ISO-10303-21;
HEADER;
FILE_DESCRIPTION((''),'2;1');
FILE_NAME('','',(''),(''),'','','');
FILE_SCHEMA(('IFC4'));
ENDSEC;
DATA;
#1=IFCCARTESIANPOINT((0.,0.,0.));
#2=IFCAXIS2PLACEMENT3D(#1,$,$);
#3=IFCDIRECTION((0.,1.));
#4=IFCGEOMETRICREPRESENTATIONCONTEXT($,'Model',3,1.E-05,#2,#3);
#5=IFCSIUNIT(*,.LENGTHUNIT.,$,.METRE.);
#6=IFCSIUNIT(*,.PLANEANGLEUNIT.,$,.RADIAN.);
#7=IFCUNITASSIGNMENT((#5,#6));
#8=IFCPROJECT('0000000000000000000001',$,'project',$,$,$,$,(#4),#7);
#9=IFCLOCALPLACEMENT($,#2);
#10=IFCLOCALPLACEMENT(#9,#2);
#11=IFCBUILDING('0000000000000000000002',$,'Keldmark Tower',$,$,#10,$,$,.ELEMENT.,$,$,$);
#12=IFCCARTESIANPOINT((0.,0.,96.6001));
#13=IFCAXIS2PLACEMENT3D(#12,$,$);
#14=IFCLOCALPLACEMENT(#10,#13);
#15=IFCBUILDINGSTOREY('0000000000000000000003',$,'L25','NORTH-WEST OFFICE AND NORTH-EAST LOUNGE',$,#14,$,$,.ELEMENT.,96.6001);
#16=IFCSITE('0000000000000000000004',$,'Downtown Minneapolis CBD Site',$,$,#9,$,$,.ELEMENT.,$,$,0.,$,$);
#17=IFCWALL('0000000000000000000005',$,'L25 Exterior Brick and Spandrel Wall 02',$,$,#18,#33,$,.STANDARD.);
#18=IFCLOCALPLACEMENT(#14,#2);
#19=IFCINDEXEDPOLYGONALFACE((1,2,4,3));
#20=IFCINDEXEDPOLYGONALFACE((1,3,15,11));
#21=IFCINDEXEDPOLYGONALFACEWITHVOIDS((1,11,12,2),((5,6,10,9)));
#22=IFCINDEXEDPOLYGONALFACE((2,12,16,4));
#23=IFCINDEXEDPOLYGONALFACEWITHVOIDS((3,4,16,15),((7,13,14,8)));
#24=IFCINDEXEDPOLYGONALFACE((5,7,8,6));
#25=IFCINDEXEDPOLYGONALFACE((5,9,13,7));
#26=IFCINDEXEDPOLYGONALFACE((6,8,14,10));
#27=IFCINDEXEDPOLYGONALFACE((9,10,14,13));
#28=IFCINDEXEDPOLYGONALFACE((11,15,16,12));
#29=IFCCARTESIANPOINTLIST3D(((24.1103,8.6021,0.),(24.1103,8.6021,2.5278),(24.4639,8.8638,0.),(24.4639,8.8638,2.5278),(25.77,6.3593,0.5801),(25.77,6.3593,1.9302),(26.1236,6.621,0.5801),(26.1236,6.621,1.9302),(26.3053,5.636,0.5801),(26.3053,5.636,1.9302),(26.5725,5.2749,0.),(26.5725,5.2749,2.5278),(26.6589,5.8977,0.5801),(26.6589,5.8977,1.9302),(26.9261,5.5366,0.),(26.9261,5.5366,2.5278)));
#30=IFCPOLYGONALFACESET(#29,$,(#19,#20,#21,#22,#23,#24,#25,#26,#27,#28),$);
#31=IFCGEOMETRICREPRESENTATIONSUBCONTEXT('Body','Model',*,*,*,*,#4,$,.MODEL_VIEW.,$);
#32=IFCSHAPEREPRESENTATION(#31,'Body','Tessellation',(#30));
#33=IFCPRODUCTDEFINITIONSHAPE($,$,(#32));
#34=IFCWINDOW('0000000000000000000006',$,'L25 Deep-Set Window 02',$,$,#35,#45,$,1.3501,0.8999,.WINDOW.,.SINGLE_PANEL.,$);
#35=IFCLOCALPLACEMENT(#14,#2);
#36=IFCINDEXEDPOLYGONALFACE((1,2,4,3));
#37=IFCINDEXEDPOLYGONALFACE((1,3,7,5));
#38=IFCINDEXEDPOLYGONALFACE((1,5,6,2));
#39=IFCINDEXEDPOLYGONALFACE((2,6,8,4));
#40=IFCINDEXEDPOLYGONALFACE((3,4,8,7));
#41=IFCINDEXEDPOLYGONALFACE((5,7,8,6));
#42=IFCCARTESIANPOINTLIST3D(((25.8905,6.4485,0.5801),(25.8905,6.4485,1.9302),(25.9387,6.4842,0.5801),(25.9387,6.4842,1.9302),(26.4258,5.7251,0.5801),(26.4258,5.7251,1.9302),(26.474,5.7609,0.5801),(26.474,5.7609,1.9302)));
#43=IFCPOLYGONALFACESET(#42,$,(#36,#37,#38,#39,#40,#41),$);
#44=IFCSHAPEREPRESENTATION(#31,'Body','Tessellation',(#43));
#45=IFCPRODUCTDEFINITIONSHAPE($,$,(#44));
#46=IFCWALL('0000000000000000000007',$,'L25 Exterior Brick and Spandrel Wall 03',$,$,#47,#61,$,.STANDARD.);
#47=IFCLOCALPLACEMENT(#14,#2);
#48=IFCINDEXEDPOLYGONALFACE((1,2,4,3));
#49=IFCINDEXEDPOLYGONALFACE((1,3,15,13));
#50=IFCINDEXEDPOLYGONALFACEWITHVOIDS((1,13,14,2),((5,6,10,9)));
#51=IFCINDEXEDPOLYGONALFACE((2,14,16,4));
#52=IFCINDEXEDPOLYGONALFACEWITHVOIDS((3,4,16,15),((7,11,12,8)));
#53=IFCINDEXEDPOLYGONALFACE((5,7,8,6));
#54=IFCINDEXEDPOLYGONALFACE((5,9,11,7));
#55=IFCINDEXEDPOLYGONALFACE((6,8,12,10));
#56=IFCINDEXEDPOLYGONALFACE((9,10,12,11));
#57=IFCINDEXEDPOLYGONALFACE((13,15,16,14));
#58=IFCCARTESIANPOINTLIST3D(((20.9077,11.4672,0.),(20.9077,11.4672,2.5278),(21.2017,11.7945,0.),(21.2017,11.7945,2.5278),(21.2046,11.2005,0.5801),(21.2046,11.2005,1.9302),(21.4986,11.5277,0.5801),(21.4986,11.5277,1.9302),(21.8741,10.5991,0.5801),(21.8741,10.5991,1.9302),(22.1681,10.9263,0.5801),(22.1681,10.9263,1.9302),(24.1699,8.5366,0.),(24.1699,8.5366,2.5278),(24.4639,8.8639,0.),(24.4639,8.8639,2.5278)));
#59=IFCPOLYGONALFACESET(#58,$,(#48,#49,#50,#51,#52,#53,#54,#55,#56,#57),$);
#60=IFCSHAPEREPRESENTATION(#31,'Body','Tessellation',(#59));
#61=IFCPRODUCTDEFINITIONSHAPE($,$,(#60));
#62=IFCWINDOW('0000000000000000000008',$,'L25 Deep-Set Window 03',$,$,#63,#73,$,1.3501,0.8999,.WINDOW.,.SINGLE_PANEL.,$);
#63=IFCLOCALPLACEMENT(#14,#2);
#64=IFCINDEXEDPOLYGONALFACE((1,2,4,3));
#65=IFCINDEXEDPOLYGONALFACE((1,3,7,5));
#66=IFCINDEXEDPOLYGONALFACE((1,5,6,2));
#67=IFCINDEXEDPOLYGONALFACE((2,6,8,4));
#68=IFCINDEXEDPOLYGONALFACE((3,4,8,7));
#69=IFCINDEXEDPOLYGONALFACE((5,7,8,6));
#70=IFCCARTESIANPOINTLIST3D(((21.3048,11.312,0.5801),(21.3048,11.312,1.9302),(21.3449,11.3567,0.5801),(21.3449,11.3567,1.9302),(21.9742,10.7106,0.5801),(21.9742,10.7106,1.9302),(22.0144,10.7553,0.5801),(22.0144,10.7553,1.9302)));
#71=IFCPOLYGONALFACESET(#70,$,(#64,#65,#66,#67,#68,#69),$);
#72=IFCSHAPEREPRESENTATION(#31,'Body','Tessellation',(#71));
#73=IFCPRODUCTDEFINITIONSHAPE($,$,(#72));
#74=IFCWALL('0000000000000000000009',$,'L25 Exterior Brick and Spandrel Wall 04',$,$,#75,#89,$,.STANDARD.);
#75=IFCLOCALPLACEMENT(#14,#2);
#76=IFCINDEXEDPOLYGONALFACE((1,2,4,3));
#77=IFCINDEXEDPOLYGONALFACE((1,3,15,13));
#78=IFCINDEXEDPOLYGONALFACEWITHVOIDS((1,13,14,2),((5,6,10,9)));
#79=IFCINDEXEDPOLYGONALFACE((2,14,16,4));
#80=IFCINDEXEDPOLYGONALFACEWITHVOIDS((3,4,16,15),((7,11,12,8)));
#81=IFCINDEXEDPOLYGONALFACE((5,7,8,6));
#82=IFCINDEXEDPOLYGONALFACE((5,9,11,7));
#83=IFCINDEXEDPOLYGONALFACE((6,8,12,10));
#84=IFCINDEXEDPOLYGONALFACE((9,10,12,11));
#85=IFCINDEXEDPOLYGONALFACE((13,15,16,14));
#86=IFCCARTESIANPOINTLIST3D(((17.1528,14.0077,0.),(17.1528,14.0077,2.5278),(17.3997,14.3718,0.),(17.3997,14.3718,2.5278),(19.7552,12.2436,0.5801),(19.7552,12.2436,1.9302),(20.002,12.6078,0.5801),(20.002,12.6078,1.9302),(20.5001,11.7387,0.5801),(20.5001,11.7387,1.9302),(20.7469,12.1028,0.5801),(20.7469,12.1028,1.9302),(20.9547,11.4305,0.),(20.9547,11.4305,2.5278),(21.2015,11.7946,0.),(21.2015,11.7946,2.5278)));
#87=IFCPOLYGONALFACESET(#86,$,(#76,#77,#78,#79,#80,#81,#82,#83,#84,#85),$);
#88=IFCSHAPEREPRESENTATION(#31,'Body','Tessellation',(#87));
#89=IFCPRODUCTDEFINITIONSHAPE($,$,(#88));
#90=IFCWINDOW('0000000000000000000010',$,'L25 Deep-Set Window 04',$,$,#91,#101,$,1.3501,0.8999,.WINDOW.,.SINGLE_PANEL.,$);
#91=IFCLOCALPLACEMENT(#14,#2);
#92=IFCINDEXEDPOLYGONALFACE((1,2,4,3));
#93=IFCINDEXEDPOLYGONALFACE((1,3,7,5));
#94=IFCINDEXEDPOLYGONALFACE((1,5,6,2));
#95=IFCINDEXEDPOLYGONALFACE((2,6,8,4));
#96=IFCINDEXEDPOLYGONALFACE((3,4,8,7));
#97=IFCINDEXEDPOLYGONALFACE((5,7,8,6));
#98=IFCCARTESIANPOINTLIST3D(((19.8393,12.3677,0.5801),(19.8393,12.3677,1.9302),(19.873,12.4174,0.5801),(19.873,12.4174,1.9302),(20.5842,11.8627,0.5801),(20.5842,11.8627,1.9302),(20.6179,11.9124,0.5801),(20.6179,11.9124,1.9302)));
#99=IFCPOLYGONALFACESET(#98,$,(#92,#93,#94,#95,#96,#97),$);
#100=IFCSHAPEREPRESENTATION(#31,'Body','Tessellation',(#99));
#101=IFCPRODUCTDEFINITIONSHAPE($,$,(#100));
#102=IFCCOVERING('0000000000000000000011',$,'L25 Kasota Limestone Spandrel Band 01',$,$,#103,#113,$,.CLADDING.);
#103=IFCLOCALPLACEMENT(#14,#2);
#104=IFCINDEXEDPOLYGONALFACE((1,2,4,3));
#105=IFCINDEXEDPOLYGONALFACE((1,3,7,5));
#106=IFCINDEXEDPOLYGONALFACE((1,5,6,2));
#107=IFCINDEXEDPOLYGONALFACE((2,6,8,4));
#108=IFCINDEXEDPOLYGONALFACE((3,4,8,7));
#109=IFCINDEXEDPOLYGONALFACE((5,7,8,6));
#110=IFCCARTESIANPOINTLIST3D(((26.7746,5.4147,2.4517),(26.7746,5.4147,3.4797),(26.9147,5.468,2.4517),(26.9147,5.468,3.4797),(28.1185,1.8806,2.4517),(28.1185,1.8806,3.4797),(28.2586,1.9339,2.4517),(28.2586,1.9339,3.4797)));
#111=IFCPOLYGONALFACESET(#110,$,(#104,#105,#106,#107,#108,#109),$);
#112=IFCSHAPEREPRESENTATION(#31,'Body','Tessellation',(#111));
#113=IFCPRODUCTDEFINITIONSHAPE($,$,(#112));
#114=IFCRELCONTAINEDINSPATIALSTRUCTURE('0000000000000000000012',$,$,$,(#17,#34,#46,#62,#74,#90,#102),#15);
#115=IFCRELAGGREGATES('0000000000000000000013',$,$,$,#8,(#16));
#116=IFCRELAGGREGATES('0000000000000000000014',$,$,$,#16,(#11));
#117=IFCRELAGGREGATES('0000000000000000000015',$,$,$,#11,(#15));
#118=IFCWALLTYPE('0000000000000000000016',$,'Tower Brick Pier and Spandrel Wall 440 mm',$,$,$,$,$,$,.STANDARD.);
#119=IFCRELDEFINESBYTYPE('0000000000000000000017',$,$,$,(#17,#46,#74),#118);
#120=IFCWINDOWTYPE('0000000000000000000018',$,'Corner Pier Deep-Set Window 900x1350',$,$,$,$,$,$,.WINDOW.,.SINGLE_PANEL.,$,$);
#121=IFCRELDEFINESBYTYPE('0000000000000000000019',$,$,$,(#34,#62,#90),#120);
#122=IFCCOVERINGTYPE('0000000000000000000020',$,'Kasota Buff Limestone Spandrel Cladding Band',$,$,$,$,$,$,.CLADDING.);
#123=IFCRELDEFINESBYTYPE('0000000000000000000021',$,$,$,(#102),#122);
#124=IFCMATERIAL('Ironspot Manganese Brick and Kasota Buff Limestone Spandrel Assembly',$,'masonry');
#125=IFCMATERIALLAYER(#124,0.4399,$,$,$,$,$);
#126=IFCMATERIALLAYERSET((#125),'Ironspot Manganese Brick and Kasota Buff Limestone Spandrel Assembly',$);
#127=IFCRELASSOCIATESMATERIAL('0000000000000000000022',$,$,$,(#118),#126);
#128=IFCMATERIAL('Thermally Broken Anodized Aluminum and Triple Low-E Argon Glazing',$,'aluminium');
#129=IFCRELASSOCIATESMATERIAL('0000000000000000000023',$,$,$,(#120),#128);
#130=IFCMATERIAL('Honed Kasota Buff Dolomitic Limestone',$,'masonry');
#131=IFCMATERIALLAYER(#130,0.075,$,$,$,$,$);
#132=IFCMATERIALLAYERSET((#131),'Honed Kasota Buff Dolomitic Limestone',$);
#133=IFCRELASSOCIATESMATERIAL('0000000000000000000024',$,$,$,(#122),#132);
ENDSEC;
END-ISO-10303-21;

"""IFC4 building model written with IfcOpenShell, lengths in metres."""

from ifc_helpers import new_model, si_unit, direction, frame, frame_2d, origin, origin_2d, place, context, subcontext, project, spatial, rectangle, extrude, material, layer, layer_set, type_object, element, fill, save


model = new_model("IFC4")

# Units and contexts
model_context = context("Model", 3, precision=1e-05, world=origin(), true_north=direction((0.0, 1.0)))
body_context = subcontext(model_context, "Body", "Model", "MODEL_VIEW")
ifc_project = project(units=[si_unit("LENGTHUNIT", "METRE"), si_unit("PLANEANGLEUNIT", "RADIAN")], contexts=[model_context])

# Site, building, storey
site_placement = place(None, origin())
site = spatial("IfcSite", under=ifc_project, at=site_placement, Name="Downtown Minneapolis CBD Site", CompositionType="ELEMENT", RefElevation=0.0)
building_placement = place(site_placement, origin())
building = spatial("IfcBuilding", under=site, at=building_placement, Name="Keldmark Tower", CompositionType="ELEMENT")
storey_placement = place(building_placement, frame((0.0, 0.0, 96.6001)))
storey = spatial("IfcBuildingStorey", under=building, at=storey_placement, Name="L25", Description="NORTH-WEST OFFICE AND NORTH-EAST LOUNGE", CompositionType="ELEMENT", Elevation=96.6001)

# Walls, openings, windows
ifc_material_1 = material(Name="Ironspot Manganese Brick and Kasota Buff Limestone Spandrel Assembly", Category="masonry")
ifc_layer_1 = layer(ifc_material_1, 0.4399)
ifc_layer_set_1 = layer_set([ifc_layer_1], Name="Ironspot Manganese Brick and Kasota Buff Limestone Spandrel Assembly")
wall_type_1 = type_object("IfcWallType", Name="Tower Brick Pier and Spandrel Wall 440 mm", PredefinedType="STANDARD", material=ifc_layer_set_1)
ifc_material_2 = material(Name="Thermally Broken Anodized Aluminum and Triple Low-E Argon Glazing", Category="aluminium")
window_type = type_object("IfcWindowType", Name="Corner Pier Deep-Set Window 900x1350", PartitioningType="SINGLE_PANEL", PredefinedType="WINDOW", material=ifc_material_2)
wall_1_placement = place(storey_placement, frame((24.2871, 8.7329, 0.0), z_axis=(0.0, 0.0, 1.0), x_axis=(0.594854, -0.803834, 0.0)))
wall_1 = element("IfcWall", 1, at=wall_1_placement, inside=storey, type_object=wall_type_1, Name="L25 Exterior Brick and Spandrel Wall 02", PredefinedType="STANDARD", context=body_context, shape_type="SweptSolid", body=[
    extrude(rectangle(XDim=4.1392, YDim=0.4399, at=frame_2d((2.0696, 0.0))), origin(), (0.0, 0.0, 1.0), 2.5278),
])
opening_1_placement = place(wall_1_placement, frame((2.79, 0.0, 0.5801)))
opening_1 = element("IfcOpeningElement", 2, at=opening_1_placement, cuts=wall_1, PredefinedType="OPENING", context=body_context, shape_type="SweptSolid", body=[
    extrude(rectangle(XDim=0.8999, YDim=1.3501, at=frame_2d((0.45, 0.675))), frame((0.0, 0.23, 0.0), z_axis=(0.0, -1.0, 0.0), x_axis=(1.0, 0.0, 0.0)), (0.0, 0.0, 1.0), 0.46),
])
window_1_placement = place(opening_1_placement, origin())
window_1 = element("IfcWindow", 3, at=window_1_placement, inside=storey, type_object=window_type, Name="L25 Deep-Set Window 02", OverallHeight=1.3501, OverallWidth=0.8999, PartitioningType="SINGLE_PANEL", PredefinedType="WINDOW", context=body_context, shape_type="SweptSolid", body=[
    extrude(rectangle(XDim=0.8999, YDim=1.3501, at=frame_2d((0.45, 0.675))), frame((0.0, -0.01, 0.0), z_axis=(0.0, -1.0, 0.0), x_axis=(1.0, 0.0, 0.0)), (0.0, 0.0, 1.0), 0.0601),
])
fill(opening_1, window_1)
wall_2_placement = place(storey_placement, frame((21.0547, 11.6309, 0.0), z_axis=(0.0, 0.0, 1.0), x_axis=(0.743897, -0.668294, 0.0)))
wall_2 = element("IfcWall", 4, at=wall_2_placement, inside=storey, type_object=wall_type_1, Name="L25 Exterior Brick and Spandrel Wall 03", PredefinedType="STANDARD", context=body_context, shape_type="SweptSolid", body=[
    extrude(rectangle(XDim=4.3853, YDim=0.4399, at=frame_2d((2.1926, 0.0))), origin(), (0.0, 0.0, 1.0), 2.5278),
])
opening_2_placement = place(wall_2_placement, frame((0.3992, 0.0, 0.5801)))
opening_2 = element("IfcOpeningElement", 5, at=opening_2_placement, cuts=wall_2, PredefinedType="OPENING", context=body_context, shape_type="SweptSolid", body=[
    extrude(rectangle(XDim=0.8999, YDim=1.3501, at=frame_2d((0.45, 0.675))), frame((0.0, 0.23, 0.0), z_axis=(0.0, -1.0, 0.0), x_axis=(1.0, 0.0, 0.0)), (0.0, 0.0, 1.0), 0.46),
])
window_2_placement = place(opening_2_placement, origin())
window_2 = element("IfcWindow", 6, at=window_2_placement, inside=storey, type_object=window_type, Name="L25 Deep-Set Window 03", OverallHeight=1.3501, OverallWidth=0.8999, PartitioningType="SINGLE_PANEL", PredefinedType="WINDOW", context=body_context, shape_type="SweptSolid", body=[
    extrude(rectangle(XDim=0.8999, YDim=1.3501, at=frame_2d((0.45, 0.675))), frame((0.0, -0.01, 0.0), z_axis=(0.0, -1.0, 0.0), x_axis=(1.0, 0.0, 0.0)), (0.0, 0.0, 1.0), 0.0601),
])
fill(opening_2, window_2)
wall_3_placement = place(storey_placement, frame((17.2764, 14.1897, 0.0), z_axis=(0.0, 0.0, 1.0), x_axis=(0.82774, -0.561111, 0.0)))
wall_3 = element("IfcWall", 7, at=wall_3_placement, inside=storey, type_object=wall_type_1, Name="L25 Exterior Brick and Spandrel Wall 04", PredefinedType="STANDARD", context=body_context, shape_type="SweptSolid", body=[
    extrude(rectangle(XDim=4.593, YDim=0.4399, at=frame_2d((2.2964, 0.0))), origin(), (0.0, 0.0, 1.0), 2.5278),
])
opening_3_placement = place(wall_3_placement, frame((3.1438, 0.0, 0.5801)))
opening_3 = element("IfcOpeningElement", 8, at=opening_3_placement, cuts=wall_3, PredefinedType="OPENING", context=body_context, shape_type="SweptSolid", body=[
    extrude(rectangle(XDim=0.8999, YDim=1.3501, at=frame_2d((0.45, 0.675))), frame((0.0, 0.23, 0.0), z_axis=(0.0, -1.0, 0.0), x_axis=(1.0, 0.0, 0.0)), (0.0, 0.0, 1.0), 0.46),
])
window_3_placement = place(opening_3_placement, origin())
window_3 = element("IfcWindow", 9, at=window_3_placement, inside=storey, type_object=window_type, Name="L25 Deep-Set Window 04", OverallHeight=1.3501, OverallWidth=0.8999, PartitioningType="SINGLE_PANEL", PredefinedType="WINDOW", context=body_context, shape_type="SweptSolid", body=[
    extrude(rectangle(XDim=0.8999, YDim=1.3501, at=frame_2d((0.45, 0.675))), frame((0.0, -0.01, 0.0), z_axis=(0.0, -1.0, 0.0), x_axis=(1.0, 0.0, 0.0)), (0.0, 0.0, 1.0), 0.0601),
])
fill(opening_3, window_3)

# Covering
ifc_material_3 = material(Name="Honed Kasota Buff Dolomitic Limestone", Category="masonry")
ifc_layer_2 = layer(ifc_material_3, 0.075)
ifc_layer_set_2 = layer_set([ifc_layer_2], Name="Honed Kasota Buff Dolomitic Limestone")
covering_type = type_object("IfcCoveringType", Name="Kasota Buff Limestone Spandrel Cladding Band", PredefinedType="CLADDING", material=ifc_layer_set_2)
covering_placement = place(storey_placement, frame((27.5166, 3.6743, 2.4517), z_axis=(0.0, 0.0, 1.0), x_axis=(-0.355433, 0.934702, 0.0)))
element("IfcCovering", 10, at=covering_placement, inside=storey, type_object=covering_type, Name="L25 Kasota Limestone Spandrel Band 01", PredefinedType="CLADDING", context=body_context, shape_type="SweptSolid", body=[
    extrude(rectangle(XDim=3.781, YDim=0.1499, at=origin_2d()), origin(), (0.0, 0.0, 1.0), 1.0281),
])

save(model, "model.ifc")
